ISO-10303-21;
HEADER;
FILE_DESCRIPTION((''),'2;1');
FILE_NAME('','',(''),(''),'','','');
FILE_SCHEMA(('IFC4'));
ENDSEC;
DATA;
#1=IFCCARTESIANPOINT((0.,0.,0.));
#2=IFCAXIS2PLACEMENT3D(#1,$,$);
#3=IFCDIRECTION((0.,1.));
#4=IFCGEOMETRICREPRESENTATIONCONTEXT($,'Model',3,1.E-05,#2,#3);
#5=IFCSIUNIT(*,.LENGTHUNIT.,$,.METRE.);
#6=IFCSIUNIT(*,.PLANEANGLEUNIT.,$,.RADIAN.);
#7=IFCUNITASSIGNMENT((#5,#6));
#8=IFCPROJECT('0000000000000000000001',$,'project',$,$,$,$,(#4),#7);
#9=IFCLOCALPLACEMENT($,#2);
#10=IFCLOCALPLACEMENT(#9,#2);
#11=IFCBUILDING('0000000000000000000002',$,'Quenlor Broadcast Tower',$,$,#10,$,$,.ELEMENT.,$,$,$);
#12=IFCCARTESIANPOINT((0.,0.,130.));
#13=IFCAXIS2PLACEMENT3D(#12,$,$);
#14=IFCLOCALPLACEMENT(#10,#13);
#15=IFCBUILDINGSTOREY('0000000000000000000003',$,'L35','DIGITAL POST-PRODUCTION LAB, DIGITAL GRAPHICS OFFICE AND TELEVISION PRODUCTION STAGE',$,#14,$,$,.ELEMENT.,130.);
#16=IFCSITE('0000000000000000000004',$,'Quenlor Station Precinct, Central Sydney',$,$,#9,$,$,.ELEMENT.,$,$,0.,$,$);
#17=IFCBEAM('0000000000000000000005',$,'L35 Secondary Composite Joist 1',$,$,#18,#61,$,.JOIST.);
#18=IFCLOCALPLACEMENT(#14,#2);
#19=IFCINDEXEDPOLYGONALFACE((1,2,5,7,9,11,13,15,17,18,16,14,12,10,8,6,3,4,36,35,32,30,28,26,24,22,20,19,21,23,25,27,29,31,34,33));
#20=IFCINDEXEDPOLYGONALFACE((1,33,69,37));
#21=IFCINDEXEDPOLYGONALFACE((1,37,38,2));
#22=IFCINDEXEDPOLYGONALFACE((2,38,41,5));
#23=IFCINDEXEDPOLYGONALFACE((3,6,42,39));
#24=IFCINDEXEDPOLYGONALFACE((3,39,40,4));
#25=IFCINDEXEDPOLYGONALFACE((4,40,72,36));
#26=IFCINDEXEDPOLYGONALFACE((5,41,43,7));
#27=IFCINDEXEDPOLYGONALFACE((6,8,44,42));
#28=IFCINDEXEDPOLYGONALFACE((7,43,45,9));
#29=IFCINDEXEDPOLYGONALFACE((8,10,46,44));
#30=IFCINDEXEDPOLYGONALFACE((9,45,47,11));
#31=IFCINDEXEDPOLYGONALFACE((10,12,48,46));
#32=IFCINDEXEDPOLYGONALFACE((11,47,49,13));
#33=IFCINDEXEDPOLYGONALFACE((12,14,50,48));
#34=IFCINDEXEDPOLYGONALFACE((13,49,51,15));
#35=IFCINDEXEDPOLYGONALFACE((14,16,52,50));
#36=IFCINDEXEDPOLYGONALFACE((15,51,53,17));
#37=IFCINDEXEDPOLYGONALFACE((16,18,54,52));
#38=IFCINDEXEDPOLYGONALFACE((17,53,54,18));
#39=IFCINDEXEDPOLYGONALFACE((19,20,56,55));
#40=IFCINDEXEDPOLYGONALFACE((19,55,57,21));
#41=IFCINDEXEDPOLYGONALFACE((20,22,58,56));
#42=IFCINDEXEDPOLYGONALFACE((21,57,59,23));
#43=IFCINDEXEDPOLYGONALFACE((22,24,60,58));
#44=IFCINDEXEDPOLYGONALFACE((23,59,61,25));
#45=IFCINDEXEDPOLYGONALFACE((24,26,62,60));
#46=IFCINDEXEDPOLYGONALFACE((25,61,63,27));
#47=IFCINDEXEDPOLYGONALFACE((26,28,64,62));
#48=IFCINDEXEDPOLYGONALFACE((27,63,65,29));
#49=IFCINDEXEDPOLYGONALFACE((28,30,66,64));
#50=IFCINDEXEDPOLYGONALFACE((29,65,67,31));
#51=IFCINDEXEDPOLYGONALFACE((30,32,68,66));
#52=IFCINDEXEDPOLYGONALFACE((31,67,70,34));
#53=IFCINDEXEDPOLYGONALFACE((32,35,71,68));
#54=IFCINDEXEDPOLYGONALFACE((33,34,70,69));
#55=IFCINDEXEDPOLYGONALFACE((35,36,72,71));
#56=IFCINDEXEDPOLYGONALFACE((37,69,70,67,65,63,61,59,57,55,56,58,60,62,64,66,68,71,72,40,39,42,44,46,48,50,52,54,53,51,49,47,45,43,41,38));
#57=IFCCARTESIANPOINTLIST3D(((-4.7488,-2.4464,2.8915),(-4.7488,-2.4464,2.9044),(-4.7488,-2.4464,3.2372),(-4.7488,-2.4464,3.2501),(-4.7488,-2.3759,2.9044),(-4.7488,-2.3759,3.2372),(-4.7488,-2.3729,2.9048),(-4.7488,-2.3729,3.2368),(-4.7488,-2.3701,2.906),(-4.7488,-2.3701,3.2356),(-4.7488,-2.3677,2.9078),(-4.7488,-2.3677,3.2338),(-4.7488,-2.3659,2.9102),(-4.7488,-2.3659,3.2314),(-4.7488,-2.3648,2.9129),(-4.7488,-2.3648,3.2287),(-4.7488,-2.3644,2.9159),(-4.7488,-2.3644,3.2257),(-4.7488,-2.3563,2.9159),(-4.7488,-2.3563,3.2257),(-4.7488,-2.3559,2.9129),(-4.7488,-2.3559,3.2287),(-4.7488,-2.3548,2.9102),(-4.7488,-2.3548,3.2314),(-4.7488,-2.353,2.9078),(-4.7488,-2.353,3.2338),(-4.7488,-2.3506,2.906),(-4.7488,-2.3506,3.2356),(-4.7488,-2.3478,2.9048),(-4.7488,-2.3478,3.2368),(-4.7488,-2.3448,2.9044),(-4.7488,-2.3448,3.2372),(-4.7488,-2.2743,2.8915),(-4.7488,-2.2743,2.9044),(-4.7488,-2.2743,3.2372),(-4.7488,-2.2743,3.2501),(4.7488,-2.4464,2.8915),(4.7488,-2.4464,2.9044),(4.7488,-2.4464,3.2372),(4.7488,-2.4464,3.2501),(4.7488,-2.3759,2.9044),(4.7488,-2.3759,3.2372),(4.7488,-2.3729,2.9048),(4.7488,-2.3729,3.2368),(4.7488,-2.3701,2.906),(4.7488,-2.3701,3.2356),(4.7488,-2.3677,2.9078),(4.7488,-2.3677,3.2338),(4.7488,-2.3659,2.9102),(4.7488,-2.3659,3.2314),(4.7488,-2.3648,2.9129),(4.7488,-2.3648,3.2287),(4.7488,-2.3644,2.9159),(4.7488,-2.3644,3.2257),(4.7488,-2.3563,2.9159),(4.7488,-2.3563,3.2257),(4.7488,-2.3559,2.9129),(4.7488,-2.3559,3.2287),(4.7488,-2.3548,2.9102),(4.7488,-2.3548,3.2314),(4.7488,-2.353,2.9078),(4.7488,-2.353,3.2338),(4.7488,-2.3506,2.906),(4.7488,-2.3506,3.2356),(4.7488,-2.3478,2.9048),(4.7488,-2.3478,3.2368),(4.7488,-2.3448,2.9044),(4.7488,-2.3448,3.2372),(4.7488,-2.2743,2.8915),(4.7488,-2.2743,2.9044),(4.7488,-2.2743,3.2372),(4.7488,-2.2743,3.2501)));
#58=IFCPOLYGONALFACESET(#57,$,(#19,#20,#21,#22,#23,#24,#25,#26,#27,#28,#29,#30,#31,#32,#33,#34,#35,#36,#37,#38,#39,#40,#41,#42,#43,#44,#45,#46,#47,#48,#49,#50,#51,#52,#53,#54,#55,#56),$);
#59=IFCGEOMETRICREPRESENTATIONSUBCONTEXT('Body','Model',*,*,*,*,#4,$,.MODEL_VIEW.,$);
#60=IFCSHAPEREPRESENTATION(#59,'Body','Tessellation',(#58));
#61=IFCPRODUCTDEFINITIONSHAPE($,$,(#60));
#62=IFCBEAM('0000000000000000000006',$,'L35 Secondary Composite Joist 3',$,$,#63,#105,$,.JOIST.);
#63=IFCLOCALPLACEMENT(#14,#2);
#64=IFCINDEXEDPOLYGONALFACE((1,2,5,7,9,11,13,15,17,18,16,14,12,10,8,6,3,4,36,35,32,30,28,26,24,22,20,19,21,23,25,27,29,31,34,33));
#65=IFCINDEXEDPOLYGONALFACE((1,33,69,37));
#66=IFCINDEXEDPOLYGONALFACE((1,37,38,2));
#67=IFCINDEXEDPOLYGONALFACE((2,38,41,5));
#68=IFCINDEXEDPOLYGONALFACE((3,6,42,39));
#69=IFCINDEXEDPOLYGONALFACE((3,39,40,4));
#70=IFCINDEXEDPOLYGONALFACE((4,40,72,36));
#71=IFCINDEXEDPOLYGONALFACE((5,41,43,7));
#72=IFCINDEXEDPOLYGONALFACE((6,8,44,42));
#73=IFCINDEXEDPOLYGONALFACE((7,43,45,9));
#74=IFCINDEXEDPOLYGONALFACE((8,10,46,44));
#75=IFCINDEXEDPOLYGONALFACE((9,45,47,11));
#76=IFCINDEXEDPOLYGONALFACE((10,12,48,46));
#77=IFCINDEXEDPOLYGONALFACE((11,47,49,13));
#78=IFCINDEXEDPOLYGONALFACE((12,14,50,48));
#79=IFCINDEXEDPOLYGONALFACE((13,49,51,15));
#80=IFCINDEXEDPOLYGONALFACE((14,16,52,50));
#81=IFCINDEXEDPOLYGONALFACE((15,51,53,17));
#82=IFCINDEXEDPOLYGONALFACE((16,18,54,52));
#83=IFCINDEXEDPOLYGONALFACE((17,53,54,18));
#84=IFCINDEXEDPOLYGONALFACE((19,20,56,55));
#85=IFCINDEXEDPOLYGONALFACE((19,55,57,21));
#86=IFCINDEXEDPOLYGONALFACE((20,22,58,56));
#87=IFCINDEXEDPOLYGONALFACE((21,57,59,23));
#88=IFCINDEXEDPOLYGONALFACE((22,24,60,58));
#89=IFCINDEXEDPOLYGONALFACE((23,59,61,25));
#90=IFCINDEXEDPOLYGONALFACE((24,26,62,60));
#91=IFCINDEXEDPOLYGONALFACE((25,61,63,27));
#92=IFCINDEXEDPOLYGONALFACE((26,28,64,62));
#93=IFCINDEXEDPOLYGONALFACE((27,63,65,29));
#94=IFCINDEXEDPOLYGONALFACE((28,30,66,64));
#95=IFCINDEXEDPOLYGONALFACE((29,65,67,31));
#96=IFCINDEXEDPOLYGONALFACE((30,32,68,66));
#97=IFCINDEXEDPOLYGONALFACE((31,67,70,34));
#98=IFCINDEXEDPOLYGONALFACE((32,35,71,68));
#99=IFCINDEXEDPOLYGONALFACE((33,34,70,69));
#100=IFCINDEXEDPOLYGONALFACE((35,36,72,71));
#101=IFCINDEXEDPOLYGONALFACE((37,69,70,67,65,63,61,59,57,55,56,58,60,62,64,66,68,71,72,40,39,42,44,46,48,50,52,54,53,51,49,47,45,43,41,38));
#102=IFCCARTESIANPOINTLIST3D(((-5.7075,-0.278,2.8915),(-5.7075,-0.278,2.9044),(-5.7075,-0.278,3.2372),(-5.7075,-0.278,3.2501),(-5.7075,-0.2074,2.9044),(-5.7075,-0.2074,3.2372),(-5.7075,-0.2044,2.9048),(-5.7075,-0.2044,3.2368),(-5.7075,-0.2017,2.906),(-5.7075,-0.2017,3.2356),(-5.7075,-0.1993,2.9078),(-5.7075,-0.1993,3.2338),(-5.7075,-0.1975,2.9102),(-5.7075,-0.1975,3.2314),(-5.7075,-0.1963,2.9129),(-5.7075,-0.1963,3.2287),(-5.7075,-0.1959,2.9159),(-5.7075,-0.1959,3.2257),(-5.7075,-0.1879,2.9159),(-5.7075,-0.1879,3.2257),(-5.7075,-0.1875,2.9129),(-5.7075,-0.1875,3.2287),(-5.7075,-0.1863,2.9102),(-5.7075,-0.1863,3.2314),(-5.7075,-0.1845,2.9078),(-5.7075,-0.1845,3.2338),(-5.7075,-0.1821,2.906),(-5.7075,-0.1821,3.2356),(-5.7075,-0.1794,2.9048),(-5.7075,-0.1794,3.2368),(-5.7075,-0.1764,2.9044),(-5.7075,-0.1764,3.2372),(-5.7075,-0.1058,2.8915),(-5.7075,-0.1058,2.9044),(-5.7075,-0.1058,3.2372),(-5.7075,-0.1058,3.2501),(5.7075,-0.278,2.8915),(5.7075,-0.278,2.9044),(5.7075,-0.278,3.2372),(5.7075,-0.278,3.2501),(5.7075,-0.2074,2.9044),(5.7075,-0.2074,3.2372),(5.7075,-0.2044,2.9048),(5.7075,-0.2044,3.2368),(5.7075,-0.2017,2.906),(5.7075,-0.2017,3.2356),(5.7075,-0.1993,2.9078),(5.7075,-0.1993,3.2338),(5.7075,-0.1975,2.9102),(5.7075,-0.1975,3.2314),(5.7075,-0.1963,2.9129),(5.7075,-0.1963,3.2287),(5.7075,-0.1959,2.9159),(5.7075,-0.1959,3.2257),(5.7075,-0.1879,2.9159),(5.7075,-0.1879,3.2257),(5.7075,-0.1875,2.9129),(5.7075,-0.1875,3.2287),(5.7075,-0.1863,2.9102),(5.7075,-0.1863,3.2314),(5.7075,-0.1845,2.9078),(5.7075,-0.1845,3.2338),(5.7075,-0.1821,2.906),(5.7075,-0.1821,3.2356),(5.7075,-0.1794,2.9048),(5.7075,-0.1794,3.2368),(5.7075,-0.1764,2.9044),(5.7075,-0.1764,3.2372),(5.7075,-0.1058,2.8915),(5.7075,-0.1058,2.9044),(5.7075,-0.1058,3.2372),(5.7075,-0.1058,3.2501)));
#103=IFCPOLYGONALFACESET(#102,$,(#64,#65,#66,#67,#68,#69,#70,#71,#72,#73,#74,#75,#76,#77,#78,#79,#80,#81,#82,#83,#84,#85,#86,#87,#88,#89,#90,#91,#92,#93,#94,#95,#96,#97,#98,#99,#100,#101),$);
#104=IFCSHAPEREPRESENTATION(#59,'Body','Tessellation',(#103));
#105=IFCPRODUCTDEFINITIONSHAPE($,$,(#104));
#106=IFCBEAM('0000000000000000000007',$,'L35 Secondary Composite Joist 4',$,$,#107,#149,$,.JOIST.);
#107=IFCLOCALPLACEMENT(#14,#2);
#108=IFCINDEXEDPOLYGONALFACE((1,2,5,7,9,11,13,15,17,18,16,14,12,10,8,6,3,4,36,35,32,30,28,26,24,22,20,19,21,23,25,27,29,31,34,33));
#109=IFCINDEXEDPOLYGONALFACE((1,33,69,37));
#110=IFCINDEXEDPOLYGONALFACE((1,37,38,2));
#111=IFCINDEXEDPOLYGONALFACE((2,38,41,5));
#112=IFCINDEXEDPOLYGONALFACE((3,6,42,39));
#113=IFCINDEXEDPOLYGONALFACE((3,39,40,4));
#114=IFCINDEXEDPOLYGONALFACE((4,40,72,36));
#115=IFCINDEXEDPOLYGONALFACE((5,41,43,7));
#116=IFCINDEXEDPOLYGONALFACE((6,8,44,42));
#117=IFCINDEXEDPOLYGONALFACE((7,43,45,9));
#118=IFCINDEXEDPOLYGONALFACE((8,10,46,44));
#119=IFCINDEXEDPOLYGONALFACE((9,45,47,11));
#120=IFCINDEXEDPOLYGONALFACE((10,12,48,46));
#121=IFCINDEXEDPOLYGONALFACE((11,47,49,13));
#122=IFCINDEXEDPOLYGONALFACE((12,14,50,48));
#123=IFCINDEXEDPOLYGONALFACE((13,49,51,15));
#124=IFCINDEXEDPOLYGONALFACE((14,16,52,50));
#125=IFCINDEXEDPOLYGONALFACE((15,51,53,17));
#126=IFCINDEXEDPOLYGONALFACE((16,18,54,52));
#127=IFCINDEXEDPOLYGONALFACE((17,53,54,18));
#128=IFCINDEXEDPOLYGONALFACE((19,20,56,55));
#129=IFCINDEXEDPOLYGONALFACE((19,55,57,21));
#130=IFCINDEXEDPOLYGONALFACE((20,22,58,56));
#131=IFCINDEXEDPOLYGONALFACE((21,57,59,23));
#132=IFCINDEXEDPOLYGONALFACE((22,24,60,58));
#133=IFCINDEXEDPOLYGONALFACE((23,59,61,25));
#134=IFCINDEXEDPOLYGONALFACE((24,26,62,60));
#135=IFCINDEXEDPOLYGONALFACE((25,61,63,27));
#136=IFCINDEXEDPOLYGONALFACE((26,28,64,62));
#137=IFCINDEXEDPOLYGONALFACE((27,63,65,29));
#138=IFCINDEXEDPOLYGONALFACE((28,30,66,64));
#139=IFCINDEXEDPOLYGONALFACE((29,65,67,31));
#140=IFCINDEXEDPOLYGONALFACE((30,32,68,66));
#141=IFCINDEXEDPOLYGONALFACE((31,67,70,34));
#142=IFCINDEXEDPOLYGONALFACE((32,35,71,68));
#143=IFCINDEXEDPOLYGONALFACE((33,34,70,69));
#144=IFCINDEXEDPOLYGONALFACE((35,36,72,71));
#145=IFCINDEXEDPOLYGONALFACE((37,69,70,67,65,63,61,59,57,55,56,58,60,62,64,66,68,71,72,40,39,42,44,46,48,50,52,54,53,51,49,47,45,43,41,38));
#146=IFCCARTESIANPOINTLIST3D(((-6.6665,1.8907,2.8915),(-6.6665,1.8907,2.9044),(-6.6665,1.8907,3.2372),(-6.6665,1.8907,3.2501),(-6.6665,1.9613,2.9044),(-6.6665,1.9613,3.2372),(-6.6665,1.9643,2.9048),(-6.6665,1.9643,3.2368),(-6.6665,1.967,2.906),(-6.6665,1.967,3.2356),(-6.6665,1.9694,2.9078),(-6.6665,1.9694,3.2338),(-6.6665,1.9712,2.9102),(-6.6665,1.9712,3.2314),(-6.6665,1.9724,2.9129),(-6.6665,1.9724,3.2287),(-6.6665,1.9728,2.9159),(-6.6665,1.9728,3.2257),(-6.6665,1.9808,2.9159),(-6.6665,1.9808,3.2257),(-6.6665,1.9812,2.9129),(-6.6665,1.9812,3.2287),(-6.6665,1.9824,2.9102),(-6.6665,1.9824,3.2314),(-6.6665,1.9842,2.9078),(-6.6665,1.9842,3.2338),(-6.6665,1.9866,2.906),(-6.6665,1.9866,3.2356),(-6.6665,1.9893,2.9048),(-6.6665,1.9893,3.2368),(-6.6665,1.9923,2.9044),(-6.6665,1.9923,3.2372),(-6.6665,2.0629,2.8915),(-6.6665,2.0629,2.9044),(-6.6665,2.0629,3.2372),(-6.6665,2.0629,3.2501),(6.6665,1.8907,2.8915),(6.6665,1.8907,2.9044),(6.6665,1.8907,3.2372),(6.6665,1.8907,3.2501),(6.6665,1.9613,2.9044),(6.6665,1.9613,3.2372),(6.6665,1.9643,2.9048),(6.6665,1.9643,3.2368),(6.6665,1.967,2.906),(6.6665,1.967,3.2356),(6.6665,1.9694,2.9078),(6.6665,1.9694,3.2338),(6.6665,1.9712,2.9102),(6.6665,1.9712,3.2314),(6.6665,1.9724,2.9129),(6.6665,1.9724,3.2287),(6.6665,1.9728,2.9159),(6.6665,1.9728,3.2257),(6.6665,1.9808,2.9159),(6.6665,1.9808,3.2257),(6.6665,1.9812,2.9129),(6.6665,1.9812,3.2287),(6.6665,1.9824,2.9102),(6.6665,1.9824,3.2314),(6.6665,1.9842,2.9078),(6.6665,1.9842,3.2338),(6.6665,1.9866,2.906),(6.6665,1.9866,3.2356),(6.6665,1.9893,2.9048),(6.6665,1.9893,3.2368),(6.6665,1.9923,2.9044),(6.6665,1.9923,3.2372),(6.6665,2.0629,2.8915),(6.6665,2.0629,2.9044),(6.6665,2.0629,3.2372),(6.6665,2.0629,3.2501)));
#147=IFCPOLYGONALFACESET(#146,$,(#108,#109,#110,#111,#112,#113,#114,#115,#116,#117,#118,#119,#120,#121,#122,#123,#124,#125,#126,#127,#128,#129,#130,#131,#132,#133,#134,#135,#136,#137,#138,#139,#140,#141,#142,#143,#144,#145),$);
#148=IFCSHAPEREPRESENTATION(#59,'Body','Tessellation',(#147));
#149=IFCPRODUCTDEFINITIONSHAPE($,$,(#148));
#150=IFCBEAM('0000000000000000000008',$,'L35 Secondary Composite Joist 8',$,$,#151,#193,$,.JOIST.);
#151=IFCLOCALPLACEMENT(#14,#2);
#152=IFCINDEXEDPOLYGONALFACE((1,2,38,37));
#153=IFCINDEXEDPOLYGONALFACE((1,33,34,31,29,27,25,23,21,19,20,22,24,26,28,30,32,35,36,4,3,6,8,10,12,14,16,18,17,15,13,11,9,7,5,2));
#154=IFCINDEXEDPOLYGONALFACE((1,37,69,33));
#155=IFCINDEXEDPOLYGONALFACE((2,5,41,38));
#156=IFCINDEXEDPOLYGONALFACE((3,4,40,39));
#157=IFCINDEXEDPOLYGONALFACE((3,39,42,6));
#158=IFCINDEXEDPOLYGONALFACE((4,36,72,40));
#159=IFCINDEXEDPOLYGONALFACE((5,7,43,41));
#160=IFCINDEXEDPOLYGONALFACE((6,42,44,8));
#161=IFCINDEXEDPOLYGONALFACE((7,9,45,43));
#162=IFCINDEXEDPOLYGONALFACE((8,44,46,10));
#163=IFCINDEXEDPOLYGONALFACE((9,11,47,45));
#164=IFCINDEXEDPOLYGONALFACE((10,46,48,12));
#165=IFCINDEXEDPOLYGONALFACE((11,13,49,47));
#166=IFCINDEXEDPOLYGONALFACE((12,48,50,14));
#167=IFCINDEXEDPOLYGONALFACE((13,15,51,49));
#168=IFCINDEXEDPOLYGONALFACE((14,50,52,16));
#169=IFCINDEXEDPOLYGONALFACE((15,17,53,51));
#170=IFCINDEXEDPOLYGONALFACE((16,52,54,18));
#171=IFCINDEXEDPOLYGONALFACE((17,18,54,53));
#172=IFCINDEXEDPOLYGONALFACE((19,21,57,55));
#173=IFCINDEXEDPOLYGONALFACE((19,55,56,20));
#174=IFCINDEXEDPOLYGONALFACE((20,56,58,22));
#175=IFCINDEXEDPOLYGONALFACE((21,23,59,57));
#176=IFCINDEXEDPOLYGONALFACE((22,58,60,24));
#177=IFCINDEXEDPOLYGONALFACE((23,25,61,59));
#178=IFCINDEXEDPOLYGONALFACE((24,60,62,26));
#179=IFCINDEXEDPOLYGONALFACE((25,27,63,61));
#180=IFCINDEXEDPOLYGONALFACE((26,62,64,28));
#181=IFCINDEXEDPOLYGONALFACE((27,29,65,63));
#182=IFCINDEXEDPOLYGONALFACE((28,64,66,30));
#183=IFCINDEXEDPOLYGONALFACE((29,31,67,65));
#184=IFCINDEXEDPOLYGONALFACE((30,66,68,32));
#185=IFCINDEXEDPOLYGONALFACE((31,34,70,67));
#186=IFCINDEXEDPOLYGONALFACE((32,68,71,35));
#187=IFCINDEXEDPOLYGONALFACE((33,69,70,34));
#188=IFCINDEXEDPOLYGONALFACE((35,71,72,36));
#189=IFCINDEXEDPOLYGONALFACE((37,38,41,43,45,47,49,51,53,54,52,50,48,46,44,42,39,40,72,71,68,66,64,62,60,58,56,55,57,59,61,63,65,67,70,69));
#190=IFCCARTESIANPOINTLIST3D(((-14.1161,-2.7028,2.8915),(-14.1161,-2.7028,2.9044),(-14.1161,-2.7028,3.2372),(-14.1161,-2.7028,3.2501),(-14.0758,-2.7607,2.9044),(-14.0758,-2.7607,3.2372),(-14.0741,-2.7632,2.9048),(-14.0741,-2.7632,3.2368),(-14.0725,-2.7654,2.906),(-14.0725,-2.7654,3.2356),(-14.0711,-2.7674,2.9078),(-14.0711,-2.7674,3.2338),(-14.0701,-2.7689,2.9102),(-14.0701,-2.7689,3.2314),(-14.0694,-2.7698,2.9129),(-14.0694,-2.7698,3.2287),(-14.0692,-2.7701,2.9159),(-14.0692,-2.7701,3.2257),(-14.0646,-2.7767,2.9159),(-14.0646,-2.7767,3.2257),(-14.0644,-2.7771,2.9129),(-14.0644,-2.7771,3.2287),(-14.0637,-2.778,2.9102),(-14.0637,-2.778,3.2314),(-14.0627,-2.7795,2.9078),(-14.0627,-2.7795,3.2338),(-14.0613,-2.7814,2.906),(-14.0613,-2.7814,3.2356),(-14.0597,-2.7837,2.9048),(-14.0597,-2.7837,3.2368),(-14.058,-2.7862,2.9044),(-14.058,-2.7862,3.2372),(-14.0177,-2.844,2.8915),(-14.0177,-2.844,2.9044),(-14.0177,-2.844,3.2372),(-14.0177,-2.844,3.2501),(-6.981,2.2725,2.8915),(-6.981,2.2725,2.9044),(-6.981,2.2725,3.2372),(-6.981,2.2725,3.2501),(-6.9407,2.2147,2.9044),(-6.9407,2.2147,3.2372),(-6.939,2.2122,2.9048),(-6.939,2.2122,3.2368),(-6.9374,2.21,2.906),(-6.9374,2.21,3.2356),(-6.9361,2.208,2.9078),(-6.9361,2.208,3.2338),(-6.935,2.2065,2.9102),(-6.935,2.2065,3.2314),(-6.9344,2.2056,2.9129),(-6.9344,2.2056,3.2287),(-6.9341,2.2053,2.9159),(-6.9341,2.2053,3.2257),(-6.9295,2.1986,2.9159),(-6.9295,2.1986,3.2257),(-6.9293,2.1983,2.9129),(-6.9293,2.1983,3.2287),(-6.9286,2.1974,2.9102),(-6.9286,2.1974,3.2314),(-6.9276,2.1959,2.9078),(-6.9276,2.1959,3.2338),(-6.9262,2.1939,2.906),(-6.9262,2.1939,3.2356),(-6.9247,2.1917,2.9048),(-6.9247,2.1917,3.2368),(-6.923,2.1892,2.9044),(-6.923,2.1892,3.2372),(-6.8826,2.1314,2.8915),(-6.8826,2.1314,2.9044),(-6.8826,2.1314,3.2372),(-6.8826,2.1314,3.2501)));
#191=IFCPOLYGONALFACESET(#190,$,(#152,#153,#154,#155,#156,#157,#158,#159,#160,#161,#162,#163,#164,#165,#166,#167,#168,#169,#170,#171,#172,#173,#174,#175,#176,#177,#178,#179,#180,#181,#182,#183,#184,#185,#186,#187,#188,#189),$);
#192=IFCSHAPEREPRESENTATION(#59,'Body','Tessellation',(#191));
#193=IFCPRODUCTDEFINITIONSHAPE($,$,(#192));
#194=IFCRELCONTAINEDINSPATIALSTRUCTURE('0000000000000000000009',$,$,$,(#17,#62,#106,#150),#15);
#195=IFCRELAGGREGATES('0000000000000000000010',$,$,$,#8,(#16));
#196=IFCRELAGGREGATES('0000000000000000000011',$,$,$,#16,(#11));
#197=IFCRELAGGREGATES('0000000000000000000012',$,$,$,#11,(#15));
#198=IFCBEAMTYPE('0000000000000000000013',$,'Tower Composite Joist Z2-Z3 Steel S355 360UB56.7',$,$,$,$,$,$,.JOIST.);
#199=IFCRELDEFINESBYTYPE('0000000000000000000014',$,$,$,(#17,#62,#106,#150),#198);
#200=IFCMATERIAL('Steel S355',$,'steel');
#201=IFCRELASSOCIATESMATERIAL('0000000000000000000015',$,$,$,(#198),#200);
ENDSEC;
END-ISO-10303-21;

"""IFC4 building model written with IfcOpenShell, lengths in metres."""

from ifc_helpers import new_model, si_unit, direction, frame, origin, origin_2d, place, context, subcontext, project, spatial, i_section, extrude, material, material_profile, profile_set, type_object, element, save


model = new_model("IFC4")

# Units and contexts
model_context = context("Model", 3, precision=1e-05, world=origin(), true_north=direction((0.0, 1.0)))
body_context = subcontext(model_context, "Body", "Model", "MODEL_VIEW")
ifc_project = project(units=[si_unit("LENGTHUNIT", "METRE"), si_unit("PLANEANGLEUNIT", "RADIAN")], contexts=[model_context])

# Site, building, storey
site_placement = place(None, origin())
site = spatial("IfcSite", under=ifc_project, at=site_placement, Name="Quenlor Station Precinct, Central Sydney", CompositionType="ELEMENT", RefElevation=0.0)
building_placement = place(site_placement, origin())
building = spatial("IfcBuilding", under=site, at=building_placement, Name="Quenlor Broadcast Tower", CompositionType="ELEMENT")
storey_placement = place(building_placement, frame((0.0, 0.0, 130.0)))
storey = spatial("IfcBuildingStorey", under=building, at=storey_placement, Name="L35", Description="DIGITAL POST-PRODUCTION LAB, DIGITAL GRAPHICS OFFICE AND TELEVISION PRODUCTION STAGE", CompositionType="ELEMENT", Elevation=130.0)

# Beams
ifc_material_1 = material(Name="Steel S355", Category="steel")
ifc_material_profile_1 = material_profile(ifc_material_1, i_section(OverallWidth=0.1721, OverallDepth=0.3586, WebThickness=0.0081, FlangeThickness=0.0129, FilletRadius=0.0115, at=origin_2d()))
ifc_profile_set_1 = profile_set([ifc_material_profile_1], Name="Steel S355 360UB56.7")
beam_type_1 = type_object("IfcBeamType", Name="Tower Composite Joist Z2-Z3 Steel S355 360UB56.7", PredefinedType="JOIST", material=ifc_profile_set_1)
beam_1_placement = place(storey_placement, frame((-4.7488, -2.3604, 3.0708), z_axis=(1.0, 0.0, 0.0), x_axis=(0.0, 1.0, 0.0)))
element("IfcBeam", 1, at=beam_1_placement, inside=storey, type_object=beam_type_1, Name="L35 Secondary Composite Joist 1", PredefinedType="JOIST", context=body_context, shape_type="SweptSolid", body=[
    extrude(i_section(OverallWidth=0.1721, OverallDepth=0.3586, WebThickness=0.0081, FlangeThickness=0.0129, FilletRadius=0.0115, at=origin_2d()), origin(), (0.0, 0.0, 1.0), 9.4976),
])
beam_2_placement = place(storey_placement, frame((-5.7075, -0.1919, 3.0708), z_axis=(1.0, 0.0, 0.0), x_axis=(0.0, 1.0, 0.0)))
element("IfcBeam", 2, at=beam_2_placement, inside=storey, type_object=beam_type_1, Name="L35 Secondary Composite Joist 3", PredefinedType="JOIST", context=body_context, shape_type="SweptSolid", body=[
    extrude(i_section(OverallWidth=0.1721, OverallDepth=0.3586, WebThickness=0.0081, FlangeThickness=0.0129, FilletRadius=0.0115, at=origin_2d()), origin(), (0.0, 0.0, 1.0), 11.415),
])
beam_3_placement = place(storey_placement, frame((-6.6665, 1.9768, 3.0708), z_axis=(1.0, 0.0, 0.0), x_axis=(0.0, 1.0, 0.0)))
element("IfcBeam", 3, at=beam_3_placement, inside=storey, type_object=beam_type_1, Name="L35 Secondary Composite Joist 4", PredefinedType="JOIST", context=body_context, shape_type="SweptSolid", body=[
    extrude(i_section(OverallWidth=0.1721, OverallDepth=0.3586, WebThickness=0.0081, FlangeThickness=0.0129, FilletRadius=0.0115, at=origin_2d()), origin(), (0.0, 0.0, 1.0), 13.333),
])
beam_4_placement = place(storey_placement, frame((-14.0669, -2.7734, 3.0708), z_axis=(0.820266, 0.571983, 0.0), x_axis=(-0.571983, 0.820266, 0.0)))
element("IfcBeam", 4, at=beam_4_placement, inside=storey, type_object=beam_type_1, Name="L35 Secondary Composite Joist 8", PredefinedType="JOIST", context=body_context, shape_type="SweptSolid", body=[
    extrude(i_section(OverallWidth=0.1721, OverallDepth=0.3586, WebThickness=0.0081, FlangeThickness=0.0129, FilletRadius=0.0115, at=origin_2d()), origin(), (0.0, 0.0, 1.0), 8.6985),
])

save(model, "model.ifc")
